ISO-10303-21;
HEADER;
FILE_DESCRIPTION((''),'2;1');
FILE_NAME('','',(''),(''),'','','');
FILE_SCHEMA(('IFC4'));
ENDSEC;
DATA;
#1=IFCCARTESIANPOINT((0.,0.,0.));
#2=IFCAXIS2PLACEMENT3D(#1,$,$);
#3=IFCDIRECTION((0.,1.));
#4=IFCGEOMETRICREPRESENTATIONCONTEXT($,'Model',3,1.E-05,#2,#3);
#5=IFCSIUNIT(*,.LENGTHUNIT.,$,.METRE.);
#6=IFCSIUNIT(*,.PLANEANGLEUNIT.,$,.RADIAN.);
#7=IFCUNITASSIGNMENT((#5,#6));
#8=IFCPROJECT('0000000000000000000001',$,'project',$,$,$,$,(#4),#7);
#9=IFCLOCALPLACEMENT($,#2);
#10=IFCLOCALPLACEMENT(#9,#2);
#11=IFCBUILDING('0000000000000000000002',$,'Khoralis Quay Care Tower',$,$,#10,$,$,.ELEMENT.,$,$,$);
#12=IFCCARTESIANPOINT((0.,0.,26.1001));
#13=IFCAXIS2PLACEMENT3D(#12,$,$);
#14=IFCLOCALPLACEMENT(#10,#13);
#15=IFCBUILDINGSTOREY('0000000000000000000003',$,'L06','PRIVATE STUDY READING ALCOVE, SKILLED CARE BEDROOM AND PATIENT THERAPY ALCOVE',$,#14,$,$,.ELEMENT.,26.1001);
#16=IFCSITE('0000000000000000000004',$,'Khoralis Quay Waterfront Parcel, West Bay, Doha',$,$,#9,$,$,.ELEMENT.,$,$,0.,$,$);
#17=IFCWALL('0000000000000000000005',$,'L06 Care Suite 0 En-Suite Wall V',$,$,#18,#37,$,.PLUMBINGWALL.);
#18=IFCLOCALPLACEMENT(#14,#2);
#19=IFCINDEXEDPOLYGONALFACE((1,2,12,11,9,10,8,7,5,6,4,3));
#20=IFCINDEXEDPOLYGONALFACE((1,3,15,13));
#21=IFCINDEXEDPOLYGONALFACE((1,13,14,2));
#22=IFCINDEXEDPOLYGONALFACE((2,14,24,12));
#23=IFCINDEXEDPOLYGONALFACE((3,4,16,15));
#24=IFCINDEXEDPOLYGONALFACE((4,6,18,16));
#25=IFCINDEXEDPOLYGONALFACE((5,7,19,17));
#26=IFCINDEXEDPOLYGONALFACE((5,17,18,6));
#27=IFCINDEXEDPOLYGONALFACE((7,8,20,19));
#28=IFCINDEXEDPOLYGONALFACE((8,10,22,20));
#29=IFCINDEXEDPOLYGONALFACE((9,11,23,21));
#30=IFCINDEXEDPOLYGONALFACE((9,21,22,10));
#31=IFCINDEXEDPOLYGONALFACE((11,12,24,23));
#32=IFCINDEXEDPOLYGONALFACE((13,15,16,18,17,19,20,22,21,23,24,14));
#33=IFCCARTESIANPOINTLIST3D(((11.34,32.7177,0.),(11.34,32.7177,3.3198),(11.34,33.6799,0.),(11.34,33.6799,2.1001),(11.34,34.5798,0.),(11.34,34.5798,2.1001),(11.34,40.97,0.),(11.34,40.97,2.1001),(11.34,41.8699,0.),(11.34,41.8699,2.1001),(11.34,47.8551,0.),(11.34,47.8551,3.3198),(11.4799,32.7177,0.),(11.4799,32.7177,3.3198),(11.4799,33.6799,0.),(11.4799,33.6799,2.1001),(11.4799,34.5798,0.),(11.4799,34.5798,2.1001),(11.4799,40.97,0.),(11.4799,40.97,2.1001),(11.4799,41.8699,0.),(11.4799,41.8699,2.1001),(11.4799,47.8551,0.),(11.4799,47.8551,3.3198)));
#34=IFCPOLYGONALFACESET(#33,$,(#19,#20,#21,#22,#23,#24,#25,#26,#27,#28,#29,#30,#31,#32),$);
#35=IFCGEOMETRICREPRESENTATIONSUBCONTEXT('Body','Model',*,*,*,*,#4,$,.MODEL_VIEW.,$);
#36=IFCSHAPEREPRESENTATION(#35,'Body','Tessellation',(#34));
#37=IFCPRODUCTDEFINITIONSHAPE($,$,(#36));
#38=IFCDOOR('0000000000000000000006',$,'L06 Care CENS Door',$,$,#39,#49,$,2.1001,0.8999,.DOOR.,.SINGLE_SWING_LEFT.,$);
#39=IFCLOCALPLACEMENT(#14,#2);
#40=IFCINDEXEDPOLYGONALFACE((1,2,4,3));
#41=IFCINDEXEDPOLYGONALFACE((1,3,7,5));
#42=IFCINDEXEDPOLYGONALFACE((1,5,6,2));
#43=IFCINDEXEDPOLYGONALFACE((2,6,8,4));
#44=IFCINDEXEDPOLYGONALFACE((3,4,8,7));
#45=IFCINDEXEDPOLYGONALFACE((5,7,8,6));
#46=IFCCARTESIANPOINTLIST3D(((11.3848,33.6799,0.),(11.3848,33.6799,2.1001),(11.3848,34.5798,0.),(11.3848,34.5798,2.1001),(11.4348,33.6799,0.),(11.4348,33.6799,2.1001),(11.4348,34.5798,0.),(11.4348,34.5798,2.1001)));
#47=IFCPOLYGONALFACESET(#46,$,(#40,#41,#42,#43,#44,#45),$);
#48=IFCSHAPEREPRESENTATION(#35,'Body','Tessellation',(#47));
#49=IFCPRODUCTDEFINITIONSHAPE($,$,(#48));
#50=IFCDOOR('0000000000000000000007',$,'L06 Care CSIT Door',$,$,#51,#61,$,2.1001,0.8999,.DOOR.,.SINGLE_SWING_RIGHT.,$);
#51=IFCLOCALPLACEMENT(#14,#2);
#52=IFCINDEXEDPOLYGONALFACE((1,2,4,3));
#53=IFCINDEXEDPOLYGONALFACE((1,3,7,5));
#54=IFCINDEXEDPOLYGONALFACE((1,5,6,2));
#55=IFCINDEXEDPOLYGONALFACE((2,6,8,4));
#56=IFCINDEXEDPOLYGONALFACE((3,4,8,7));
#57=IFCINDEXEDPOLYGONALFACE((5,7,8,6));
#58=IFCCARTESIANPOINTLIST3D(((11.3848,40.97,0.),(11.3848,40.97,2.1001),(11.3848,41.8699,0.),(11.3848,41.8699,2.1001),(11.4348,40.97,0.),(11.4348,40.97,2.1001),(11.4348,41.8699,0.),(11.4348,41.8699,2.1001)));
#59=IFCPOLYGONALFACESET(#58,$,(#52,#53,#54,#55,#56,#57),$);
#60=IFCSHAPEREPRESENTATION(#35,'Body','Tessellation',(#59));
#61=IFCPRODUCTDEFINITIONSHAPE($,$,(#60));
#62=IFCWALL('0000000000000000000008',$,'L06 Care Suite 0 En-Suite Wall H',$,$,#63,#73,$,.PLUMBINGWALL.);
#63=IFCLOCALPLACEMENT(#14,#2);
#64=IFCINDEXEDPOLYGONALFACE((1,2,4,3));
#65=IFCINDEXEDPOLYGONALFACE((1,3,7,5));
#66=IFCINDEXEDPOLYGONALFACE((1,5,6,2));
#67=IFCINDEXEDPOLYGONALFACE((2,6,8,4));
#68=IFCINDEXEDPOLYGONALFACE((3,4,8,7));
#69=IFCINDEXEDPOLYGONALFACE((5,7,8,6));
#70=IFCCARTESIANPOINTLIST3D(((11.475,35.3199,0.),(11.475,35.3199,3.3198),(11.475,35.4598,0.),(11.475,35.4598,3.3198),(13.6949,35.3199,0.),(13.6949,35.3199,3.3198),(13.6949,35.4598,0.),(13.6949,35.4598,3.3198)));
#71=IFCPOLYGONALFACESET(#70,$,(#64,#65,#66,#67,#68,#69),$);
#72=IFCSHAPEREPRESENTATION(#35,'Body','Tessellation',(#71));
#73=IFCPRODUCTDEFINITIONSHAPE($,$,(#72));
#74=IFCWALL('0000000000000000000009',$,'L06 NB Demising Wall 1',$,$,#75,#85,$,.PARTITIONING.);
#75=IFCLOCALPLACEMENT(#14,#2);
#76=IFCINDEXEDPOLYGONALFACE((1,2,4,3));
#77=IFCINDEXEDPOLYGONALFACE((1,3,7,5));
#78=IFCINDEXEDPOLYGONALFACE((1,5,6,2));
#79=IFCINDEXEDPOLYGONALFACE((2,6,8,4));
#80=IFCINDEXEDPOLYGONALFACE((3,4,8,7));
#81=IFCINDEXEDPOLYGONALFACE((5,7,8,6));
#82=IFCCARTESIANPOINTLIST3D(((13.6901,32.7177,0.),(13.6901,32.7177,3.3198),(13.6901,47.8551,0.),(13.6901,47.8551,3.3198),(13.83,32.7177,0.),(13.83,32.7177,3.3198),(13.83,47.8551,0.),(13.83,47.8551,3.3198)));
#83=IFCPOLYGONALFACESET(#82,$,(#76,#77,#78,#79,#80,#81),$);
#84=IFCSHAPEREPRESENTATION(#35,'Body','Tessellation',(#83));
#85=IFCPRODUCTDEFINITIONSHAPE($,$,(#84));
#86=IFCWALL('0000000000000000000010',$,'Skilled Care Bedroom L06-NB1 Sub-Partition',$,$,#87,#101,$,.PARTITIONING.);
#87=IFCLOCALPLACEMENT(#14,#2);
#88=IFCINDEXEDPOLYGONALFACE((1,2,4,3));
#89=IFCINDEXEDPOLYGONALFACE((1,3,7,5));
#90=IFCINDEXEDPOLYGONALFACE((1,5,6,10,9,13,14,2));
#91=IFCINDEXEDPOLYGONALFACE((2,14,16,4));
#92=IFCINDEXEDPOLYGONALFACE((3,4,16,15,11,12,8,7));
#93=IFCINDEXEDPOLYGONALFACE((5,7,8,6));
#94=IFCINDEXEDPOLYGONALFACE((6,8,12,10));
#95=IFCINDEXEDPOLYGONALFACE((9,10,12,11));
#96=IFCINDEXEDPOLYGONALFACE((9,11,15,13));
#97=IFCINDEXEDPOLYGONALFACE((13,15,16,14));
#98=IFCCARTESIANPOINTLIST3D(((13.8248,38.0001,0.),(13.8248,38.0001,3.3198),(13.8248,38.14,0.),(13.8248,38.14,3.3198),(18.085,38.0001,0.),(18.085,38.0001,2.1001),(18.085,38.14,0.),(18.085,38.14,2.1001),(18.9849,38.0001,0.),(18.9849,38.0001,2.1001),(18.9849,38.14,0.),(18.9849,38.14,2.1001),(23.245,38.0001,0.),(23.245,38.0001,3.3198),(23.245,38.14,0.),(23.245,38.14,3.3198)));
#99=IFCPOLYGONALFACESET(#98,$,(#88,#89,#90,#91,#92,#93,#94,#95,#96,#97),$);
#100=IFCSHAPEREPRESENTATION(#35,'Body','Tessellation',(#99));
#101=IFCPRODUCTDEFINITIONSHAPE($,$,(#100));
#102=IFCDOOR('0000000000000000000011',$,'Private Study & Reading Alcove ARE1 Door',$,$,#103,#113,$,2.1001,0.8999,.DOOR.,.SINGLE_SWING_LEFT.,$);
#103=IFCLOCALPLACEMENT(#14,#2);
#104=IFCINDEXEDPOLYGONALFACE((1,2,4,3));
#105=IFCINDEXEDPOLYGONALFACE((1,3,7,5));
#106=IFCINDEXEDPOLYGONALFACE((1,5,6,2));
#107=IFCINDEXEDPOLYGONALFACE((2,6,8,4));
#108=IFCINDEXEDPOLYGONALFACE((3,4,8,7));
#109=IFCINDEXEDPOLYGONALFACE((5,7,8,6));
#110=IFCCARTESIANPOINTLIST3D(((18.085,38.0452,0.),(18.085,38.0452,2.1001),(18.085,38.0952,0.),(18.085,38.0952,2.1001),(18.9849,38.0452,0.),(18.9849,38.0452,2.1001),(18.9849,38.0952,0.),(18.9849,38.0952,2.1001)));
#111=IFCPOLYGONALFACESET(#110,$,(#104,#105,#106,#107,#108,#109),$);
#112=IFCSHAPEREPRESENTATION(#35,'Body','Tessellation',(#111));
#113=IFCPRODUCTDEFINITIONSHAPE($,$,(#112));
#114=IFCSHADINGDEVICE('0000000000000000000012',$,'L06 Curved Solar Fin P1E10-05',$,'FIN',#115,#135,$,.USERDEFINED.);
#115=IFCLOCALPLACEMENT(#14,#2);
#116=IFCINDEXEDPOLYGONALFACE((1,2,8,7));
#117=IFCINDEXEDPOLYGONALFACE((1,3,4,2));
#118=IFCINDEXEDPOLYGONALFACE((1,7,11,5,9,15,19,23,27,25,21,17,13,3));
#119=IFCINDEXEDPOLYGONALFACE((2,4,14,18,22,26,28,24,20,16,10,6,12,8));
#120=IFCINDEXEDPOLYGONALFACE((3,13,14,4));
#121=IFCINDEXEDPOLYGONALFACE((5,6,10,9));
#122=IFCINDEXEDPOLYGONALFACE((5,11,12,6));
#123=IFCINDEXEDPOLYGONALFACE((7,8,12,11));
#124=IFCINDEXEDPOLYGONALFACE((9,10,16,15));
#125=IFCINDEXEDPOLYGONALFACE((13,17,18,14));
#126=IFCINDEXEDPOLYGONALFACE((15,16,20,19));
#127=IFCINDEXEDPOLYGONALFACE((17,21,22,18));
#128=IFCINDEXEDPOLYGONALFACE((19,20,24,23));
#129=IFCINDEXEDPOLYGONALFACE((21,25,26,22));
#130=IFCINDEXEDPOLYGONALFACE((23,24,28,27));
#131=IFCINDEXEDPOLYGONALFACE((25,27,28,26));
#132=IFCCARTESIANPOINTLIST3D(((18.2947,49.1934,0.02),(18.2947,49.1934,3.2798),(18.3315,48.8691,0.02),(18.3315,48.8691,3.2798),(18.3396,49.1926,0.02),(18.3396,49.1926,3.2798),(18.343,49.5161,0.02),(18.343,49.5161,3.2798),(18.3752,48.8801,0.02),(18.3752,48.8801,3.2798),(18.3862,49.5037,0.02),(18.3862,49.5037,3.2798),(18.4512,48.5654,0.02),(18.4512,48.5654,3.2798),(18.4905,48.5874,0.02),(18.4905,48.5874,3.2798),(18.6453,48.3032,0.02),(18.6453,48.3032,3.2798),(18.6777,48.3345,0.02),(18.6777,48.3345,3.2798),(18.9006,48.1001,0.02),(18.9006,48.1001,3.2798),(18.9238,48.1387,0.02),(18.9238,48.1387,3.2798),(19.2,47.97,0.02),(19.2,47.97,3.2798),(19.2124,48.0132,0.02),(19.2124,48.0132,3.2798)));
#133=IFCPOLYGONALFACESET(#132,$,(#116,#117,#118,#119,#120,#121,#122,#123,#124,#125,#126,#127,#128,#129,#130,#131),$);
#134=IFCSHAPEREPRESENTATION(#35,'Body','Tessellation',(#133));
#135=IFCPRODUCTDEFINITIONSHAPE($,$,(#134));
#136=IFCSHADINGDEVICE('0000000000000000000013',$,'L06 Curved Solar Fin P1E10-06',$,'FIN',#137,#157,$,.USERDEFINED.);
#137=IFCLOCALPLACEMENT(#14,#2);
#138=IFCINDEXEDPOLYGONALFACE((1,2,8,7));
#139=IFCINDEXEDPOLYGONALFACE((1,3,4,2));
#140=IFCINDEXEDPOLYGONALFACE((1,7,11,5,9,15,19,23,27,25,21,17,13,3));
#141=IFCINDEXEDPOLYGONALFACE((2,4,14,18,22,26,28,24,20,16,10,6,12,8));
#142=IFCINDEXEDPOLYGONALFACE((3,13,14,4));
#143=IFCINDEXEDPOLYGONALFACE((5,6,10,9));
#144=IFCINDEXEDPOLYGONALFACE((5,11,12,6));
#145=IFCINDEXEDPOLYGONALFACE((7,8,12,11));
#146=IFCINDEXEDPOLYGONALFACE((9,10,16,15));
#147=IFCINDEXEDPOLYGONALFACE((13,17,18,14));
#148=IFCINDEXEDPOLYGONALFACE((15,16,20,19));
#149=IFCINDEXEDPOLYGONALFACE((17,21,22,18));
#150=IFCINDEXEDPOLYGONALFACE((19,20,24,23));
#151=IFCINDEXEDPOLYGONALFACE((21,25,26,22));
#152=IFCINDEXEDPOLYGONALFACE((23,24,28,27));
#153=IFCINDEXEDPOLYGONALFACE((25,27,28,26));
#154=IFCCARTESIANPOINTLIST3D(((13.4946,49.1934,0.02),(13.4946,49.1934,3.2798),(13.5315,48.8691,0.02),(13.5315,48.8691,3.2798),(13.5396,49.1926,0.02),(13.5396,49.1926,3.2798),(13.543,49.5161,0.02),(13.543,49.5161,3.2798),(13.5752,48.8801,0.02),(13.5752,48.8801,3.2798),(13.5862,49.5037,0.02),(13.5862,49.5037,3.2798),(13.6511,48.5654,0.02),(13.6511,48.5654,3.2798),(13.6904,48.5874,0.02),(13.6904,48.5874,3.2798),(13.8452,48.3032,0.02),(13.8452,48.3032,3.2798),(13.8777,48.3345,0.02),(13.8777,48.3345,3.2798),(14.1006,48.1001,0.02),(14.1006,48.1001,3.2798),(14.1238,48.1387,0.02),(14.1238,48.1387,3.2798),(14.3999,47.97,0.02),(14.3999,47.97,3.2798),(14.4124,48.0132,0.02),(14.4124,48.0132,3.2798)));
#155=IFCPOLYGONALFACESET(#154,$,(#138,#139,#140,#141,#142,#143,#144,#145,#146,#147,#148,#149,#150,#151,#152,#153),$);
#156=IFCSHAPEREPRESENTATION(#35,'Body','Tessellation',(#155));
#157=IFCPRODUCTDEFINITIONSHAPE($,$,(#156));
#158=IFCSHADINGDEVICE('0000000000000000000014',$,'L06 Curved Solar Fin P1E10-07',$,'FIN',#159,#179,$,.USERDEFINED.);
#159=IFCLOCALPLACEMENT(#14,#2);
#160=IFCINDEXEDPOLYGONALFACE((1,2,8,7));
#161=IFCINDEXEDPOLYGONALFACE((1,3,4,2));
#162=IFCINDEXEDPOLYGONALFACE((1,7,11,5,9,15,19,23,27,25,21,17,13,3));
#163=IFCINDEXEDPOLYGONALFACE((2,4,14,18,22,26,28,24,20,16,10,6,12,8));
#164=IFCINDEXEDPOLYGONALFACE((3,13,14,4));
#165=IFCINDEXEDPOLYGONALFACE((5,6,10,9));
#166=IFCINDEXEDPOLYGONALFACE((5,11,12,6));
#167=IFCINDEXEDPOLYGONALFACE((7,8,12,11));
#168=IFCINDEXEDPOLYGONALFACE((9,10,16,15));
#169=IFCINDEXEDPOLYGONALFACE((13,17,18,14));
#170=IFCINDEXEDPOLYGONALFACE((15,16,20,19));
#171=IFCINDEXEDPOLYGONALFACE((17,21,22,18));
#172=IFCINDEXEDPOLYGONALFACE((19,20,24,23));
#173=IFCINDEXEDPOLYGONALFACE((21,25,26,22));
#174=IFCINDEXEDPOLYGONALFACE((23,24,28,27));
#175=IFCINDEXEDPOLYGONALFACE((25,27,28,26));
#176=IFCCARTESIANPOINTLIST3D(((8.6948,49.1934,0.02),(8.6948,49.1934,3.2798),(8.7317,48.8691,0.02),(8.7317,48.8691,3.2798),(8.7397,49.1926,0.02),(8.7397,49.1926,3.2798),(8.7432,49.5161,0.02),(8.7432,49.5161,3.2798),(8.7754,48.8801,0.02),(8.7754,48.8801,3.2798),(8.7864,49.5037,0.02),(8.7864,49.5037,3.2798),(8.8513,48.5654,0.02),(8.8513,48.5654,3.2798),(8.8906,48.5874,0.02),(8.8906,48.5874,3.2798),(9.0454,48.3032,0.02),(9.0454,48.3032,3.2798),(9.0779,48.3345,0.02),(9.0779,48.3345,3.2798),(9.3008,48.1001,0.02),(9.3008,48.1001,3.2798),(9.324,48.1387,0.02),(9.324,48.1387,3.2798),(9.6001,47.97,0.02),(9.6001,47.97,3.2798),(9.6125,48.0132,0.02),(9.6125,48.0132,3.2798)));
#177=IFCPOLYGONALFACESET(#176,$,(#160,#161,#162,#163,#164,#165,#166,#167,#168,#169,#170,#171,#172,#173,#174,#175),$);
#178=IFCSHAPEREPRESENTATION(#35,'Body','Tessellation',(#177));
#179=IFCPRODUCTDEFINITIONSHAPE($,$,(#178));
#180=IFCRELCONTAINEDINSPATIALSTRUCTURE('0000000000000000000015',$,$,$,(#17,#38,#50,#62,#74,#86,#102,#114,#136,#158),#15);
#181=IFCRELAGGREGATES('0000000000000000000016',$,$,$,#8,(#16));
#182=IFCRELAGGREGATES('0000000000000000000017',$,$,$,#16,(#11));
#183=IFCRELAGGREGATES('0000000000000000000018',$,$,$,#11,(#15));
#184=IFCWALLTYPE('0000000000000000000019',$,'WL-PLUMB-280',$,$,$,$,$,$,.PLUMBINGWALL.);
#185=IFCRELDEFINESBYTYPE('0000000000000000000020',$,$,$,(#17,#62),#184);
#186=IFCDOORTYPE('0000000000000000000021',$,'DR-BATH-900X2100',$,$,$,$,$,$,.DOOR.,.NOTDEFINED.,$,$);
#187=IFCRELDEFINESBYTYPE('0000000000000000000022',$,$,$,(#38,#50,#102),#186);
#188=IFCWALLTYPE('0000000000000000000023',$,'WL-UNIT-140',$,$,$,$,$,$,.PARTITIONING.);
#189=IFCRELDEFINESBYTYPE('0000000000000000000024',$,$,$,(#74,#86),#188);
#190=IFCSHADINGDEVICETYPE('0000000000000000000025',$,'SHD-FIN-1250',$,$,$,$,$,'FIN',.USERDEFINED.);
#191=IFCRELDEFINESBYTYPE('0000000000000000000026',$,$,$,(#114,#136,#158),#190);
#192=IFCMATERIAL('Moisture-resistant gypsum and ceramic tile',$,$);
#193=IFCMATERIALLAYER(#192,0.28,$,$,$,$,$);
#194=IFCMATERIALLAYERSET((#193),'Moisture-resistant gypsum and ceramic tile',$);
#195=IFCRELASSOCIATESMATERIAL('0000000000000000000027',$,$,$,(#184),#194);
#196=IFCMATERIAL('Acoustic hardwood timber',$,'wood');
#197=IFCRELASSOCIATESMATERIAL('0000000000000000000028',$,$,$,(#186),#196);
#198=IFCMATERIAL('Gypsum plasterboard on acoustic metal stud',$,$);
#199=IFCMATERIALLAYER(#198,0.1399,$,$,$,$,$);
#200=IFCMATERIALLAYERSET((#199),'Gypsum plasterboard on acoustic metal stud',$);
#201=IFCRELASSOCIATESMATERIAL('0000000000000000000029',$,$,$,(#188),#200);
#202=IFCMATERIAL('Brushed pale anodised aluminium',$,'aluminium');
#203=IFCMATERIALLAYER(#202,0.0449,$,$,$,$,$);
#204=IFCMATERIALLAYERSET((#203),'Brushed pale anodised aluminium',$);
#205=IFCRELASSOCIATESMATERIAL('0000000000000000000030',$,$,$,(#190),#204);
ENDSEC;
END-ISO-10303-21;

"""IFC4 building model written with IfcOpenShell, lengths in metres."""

from ifc_helpers import new_model, si_unit, direction, frame, frame_2d, origin, place, context, subcontext, project, spatial, polyline, rectangle, outline, extrude, source, transform, mapped, material, layer, layer_set, type_object, element, fill, save


model = new_model("IFC4")

# Units and contexts
model_context = context("Model", 3, precision=1e-05, world=origin(), true_north=direction((0.0, 1.0)))
body_context = subcontext(model_context, "Body", "Model", "MODEL_VIEW")
ifc_project = project(units=[si_unit("LENGTHUNIT", "METRE"), si_unit("PLANEANGLEUNIT", "RADIAN")], contexts=[model_context])

# Site, building, storey
site_placement = place(None, origin())
site = spatial("IfcSite", under=ifc_project, at=site_placement, Name="Khoralis Quay Waterfront Parcel, West Bay, Doha", CompositionType="ELEMENT", RefElevation=0.0)
building_placement = place(site_placement, origin())
building = spatial("IfcBuilding", under=site, at=building_placement, Name="Khoralis Quay Care Tower", CompositionType="ELEMENT")
storey_placement = place(building_placement, frame((0.0, 0.0, 26.1001)))
storey = spatial("IfcBuildingStorey", under=building, at=storey_placement, Name="L06", Description="PRIVATE STUDY READING ALCOVE, SKILLED CARE BEDROOM AND PATIENT THERAPY ALCOVE", CompositionType="ELEMENT", Elevation=26.1001)

# Wall, openings, doors
ifc_material_1 = material(Name="Moisture-resistant gypsum and ceramic tile")
ifc_layer_1 = layer(ifc_material_1, 0.28)
ifc_layer_set_1 = layer_set([ifc_layer_1], Name="Moisture-resistant gypsum and ceramic tile")
wall_type_1 = type_object("IfcWallType", Name="WL-PLUMB-280", PredefinedType="PLUMBINGWALL", material=ifc_layer_set_1)
wall_1_placement = place(storey_placement, frame((11.4099, 32.7175, 0.0), z_axis=(0.0, 0.0, 1.0), x_axis=(0.0, 1.0, 0.0)))
wall_1 = element("IfcWall", 1, at=wall_1_placement, inside=storey, type_object=wall_type_1, Name="L06 Care Suite 0 En-Suite Wall V", PredefinedType="PLUMBINGWALL", context=body_context, shape_type="SweptSolid", body=[
    extrude(rectangle(XDim=15.1375, YDim=0.1399, at=frame_2d((7.5688, 0.0))), origin(), (0.0, 0.0, 1.0), 3.3198),
])
opening_1_placement = place(wall_1_placement, frame((0.9624, 0.0, 0.0)))
opening_1 = element("IfcOpeningElement", 2, at=opening_1_placement, cuts=wall_1, PredefinedType="OPENING", context=body_context, shape_type="SweptSolid", body=[
    extrude(rectangle(XDim=0.8999, YDim=2.1001, at=frame_2d((0.45, 1.05))), frame((0.0, 0.0801, 0.0), z_axis=(0.0, -1.0, 0.0), x_axis=(1.0, 0.0, 0.0)), (0.0, 0.0, 1.0), 0.1599),
])
opening_2_placement = place(wall_1_placement, frame((8.2524, 0.0, 0.0)))
opening_2 = element("IfcOpeningElement", 3, at=opening_2_placement, cuts=wall_1, PredefinedType="OPENING", context=body_context, shape_type="SweptSolid", body=[
    extrude(rectangle(XDim=0.8999, YDim=2.1001, at=frame_2d((0.45, 1.05))), frame((0.0, 0.0801, 0.0), z_axis=(0.0, -1.0, 0.0), x_axis=(1.0, 0.0, 0.0)), (0.0, 0.0, 1.0), 0.1599),
])
ifc_material_2 = material(Name="Acoustic hardwood timber", Category="wood")
door_type = type_object("IfcDoorType", Name="DR-BATH-900X2100", OperationType="NOTDEFINED", PredefinedType="DOOR", material=ifc_material_2)
shared_shape_1 = source(origin(), body_context, "Body", "SweptSolid", [
    extrude(rectangle(XDim=0.8999, YDim=2.1001, at=frame_2d((0.45, 1.05))), frame((0.0, 0.0249, 0.0), z_axis=(0.0, -1.0, 0.0), x_axis=(1.0, 0.0, 0.0)), (0.0, 0.0, 1.0), 0.05),
])
door_1_placement = place(opening_1_placement, frame((0.8999, 0.0, 0.0), z_axis=(0.0, 0.0, 1.0), x_axis=(-1.0, 0.0, 0.0)))
door_1 = element("IfcDoor", 4, at=door_1_placement, inside=storey, type_object=door_type, Name="L06 Care CENS Door", OperationType="SINGLE_SWING_LEFT", OverallHeight=2.1001, OverallWidth=0.8999, PredefinedType="DOOR", context=body_context, shape_type="MappedRepresentation", body=[
    mapped(shared_shape_1, transform((0.0, 0.0, 0.0), scale=1.0)),
])
fill(opening_1, door_1)
door_2_placement = place(opening_2_placement, frame((0.8999, 0.0, 0.0), z_axis=(0.0, 0.0, 1.0), x_axis=(-1.0, 0.0, 0.0)))
door_2 = element("IfcDoor", 5, at=door_2_placement, inside=storey, type_object=door_type, Name="L06 Care CSIT Door", OperationType="SINGLE_SWING_RIGHT", OverallHeight=2.1001, OverallWidth=0.8999, PredefinedType="DOOR", context=body_context, shape_type="MappedRepresentation", body=[
    mapped(shared_shape_1, transform((0.0, 0.0, 0.0), scale=1.0)),
])
fill(opening_2, door_2)

# Walls
wall_2_placement = place(storey_placement, frame((11.4751, 35.3899, 0.0), z_axis=(0.0, 0.0, 1.0), x_axis=(1.0, 0.0, 0.0)))
element("IfcWall", 6, at=wall_2_placement, inside=storey, type_object=wall_type_1, Name="L06 Care Suite 0 En-Suite Wall H", PredefinedType="PLUMBINGWALL", context=body_context, shape_type="SweptSolid", body=[
    extrude(rectangle(XDim=2.22, YDim=0.1399, at=frame_2d((1.1099, 0.0))), origin(), (0.0, 0.0, 1.0), 3.3198),
])
ifc_material_3 = material(Name="Gypsum plasterboard on acoustic metal stud")
ifc_layer_2 = layer(ifc_material_3, 0.1399)
ifc_layer_set_2 = layer_set([ifc_layer_2], Name="Gypsum plasterboard on acoustic metal stud")
wall_type_2 = type_object("IfcWallType", Name="WL-UNIT-140", PredefinedType="PARTITIONING", material=ifc_layer_set_2)
wall_3_placement = place(storey_placement, frame((13.76, 32.7175, 0.0), z_axis=(0.0, 0.0, 1.0), x_axis=(0.0, 1.0, 0.0)))
element("IfcWall", 7, at=wall_3_placement, inside=storey, type_object=wall_type_2, Name="L06 NB Demising Wall 1", PredefinedType="PARTITIONING", context=body_context, shape_type="SweptSolid", body=[
    extrude(rectangle(XDim=15.1375, YDim=0.1399, at=frame_2d((7.5688, 0.0))), origin(), (0.0, 0.0, 1.0), 3.3198),
])

# Wall, opening, door
wall_4_placement = place(storey_placement, frame((13.825, 38.0701, 0.0), z_axis=(0.0, 0.0, 1.0), x_axis=(1.0, 0.0, 0.0)))
wall_4 = element("IfcWall", 8, at=wall_4_placement, inside=storey, type_object=wall_type_2, Name="Skilled Care Bedroom L06-NB1 Sub-Partition", PredefinedType="PARTITIONING", context=body_context, shape_type="SweptSolid", body=[
    extrude(rectangle(XDim=9.4202, YDim=0.1399, at=frame_2d((4.71, 0.0))), origin(), (0.0, 0.0, 1.0), 3.3198),
])
opening_3_placement = place(wall_4_placement, frame((4.26, 0.0, 0.0)))
opening_3 = element("IfcOpeningElement", 9, at=opening_3_placement, cuts=wall_4, PredefinedType="OPENING", context=body_context, shape_type="SweptSolid", body=[
    extrude(rectangle(XDim=0.8999, YDim=2.1001, at=frame_2d((0.45, 1.05))), frame((0.0, 0.0801, 0.0), z_axis=(0.0, -1.0, 0.0), x_axis=(1.0, 0.0, 0.0)), (0.0, 0.0, 1.0), 0.1599),
])
door_3_placement = place(opening_3_placement, frame((0.8999, 0.0, 0.0), z_axis=(0.0, 0.0, 1.0), x_axis=(-1.0, 0.0, 0.0)))
door_3 = element("IfcDoor", 10, at=door_3_placement, inside=storey, type_object=door_type, Name="Private Study & Reading Alcove ARE1 Door", OperationType="SINGLE_SWING_LEFT", OverallHeight=2.1001, OverallWidth=0.8999, PredefinedType="DOOR", context=body_context, shape_type="MappedRepresentation", body=[
    mapped(shared_shape_1, transform((0.0, 0.0, 0.0), scale=1.0)),
])
fill(opening_3, door_3)

# Shading devices
ifc_material_4 = material(Name="Brushed pale anodised aluminium", Category="aluminium")
ifc_layer_3 = layer(ifc_material_4, 0.0449)
ifc_layer_set_3 = layer_set([ifc_layer_3], Name="Brushed pale anodised aluminium")
shading_device_type = type_object("IfcShadingDeviceType", Name="SHD-FIN-1250", ElementType="FIN", PredefinedType="USERDEFINED", material=ifc_layer_set_3)
shared_shape_2 = source(origin(), body_context, "Body", "SweptSolid", [
    extrude(outline(polyline([(0.0, 0.0), (0.1301, 0.2993), (0.3333, 0.5547), (0.5955, 0.7488), (0.8992, 0.8684), (1.2234, 0.9053), (1.5461, 0.8569), (1.5337, 0.8137), (1.2227, 0.8604), (0.9102, 0.8247), (0.6174, 0.7095), (0.3645, 0.5222), (0.1687, 0.2761), (0.0432, -0.0125), (0.0, 0.0)])), origin(), (0.0, 0.0, 1.0), 3.2598),
])
for number, where, z_axis, x_axis, name in (
    (11, (19.2, 47.97, 0.02), (0.0, 0.0, 1.0), (0.0, 1.0, 0.0), "L06 Curved Solar Fin P1E10-05"),
    (12, (14.3999, 47.97, 0.02), (0.0, 0.0, 1.0), (0.0, 1.0, 0.0), "L06 Curved Solar Fin P1E10-06"),
    (13, (9.6001, 47.97, 0.02), (0.0, 0.0, 1.0), (0.0, 1.0, 0.0), "L06 Curved Solar Fin P1E10-07"),
):
    element("IfcShadingDevice", number, at=place(storey_placement, frame(where, z_axis=z_axis, x_axis=x_axis)), inside=storey, type_object=shading_device_type, Name=name, ObjectType="FIN", PredefinedType="USERDEFINED", context=body_context, shape_type="MappedRepresentation", body=[
        mapped(shared_shape_2, transform((0.0, 0.0, 0.0), scale=1.0)),
    ])

save(model, "model.ifc")
